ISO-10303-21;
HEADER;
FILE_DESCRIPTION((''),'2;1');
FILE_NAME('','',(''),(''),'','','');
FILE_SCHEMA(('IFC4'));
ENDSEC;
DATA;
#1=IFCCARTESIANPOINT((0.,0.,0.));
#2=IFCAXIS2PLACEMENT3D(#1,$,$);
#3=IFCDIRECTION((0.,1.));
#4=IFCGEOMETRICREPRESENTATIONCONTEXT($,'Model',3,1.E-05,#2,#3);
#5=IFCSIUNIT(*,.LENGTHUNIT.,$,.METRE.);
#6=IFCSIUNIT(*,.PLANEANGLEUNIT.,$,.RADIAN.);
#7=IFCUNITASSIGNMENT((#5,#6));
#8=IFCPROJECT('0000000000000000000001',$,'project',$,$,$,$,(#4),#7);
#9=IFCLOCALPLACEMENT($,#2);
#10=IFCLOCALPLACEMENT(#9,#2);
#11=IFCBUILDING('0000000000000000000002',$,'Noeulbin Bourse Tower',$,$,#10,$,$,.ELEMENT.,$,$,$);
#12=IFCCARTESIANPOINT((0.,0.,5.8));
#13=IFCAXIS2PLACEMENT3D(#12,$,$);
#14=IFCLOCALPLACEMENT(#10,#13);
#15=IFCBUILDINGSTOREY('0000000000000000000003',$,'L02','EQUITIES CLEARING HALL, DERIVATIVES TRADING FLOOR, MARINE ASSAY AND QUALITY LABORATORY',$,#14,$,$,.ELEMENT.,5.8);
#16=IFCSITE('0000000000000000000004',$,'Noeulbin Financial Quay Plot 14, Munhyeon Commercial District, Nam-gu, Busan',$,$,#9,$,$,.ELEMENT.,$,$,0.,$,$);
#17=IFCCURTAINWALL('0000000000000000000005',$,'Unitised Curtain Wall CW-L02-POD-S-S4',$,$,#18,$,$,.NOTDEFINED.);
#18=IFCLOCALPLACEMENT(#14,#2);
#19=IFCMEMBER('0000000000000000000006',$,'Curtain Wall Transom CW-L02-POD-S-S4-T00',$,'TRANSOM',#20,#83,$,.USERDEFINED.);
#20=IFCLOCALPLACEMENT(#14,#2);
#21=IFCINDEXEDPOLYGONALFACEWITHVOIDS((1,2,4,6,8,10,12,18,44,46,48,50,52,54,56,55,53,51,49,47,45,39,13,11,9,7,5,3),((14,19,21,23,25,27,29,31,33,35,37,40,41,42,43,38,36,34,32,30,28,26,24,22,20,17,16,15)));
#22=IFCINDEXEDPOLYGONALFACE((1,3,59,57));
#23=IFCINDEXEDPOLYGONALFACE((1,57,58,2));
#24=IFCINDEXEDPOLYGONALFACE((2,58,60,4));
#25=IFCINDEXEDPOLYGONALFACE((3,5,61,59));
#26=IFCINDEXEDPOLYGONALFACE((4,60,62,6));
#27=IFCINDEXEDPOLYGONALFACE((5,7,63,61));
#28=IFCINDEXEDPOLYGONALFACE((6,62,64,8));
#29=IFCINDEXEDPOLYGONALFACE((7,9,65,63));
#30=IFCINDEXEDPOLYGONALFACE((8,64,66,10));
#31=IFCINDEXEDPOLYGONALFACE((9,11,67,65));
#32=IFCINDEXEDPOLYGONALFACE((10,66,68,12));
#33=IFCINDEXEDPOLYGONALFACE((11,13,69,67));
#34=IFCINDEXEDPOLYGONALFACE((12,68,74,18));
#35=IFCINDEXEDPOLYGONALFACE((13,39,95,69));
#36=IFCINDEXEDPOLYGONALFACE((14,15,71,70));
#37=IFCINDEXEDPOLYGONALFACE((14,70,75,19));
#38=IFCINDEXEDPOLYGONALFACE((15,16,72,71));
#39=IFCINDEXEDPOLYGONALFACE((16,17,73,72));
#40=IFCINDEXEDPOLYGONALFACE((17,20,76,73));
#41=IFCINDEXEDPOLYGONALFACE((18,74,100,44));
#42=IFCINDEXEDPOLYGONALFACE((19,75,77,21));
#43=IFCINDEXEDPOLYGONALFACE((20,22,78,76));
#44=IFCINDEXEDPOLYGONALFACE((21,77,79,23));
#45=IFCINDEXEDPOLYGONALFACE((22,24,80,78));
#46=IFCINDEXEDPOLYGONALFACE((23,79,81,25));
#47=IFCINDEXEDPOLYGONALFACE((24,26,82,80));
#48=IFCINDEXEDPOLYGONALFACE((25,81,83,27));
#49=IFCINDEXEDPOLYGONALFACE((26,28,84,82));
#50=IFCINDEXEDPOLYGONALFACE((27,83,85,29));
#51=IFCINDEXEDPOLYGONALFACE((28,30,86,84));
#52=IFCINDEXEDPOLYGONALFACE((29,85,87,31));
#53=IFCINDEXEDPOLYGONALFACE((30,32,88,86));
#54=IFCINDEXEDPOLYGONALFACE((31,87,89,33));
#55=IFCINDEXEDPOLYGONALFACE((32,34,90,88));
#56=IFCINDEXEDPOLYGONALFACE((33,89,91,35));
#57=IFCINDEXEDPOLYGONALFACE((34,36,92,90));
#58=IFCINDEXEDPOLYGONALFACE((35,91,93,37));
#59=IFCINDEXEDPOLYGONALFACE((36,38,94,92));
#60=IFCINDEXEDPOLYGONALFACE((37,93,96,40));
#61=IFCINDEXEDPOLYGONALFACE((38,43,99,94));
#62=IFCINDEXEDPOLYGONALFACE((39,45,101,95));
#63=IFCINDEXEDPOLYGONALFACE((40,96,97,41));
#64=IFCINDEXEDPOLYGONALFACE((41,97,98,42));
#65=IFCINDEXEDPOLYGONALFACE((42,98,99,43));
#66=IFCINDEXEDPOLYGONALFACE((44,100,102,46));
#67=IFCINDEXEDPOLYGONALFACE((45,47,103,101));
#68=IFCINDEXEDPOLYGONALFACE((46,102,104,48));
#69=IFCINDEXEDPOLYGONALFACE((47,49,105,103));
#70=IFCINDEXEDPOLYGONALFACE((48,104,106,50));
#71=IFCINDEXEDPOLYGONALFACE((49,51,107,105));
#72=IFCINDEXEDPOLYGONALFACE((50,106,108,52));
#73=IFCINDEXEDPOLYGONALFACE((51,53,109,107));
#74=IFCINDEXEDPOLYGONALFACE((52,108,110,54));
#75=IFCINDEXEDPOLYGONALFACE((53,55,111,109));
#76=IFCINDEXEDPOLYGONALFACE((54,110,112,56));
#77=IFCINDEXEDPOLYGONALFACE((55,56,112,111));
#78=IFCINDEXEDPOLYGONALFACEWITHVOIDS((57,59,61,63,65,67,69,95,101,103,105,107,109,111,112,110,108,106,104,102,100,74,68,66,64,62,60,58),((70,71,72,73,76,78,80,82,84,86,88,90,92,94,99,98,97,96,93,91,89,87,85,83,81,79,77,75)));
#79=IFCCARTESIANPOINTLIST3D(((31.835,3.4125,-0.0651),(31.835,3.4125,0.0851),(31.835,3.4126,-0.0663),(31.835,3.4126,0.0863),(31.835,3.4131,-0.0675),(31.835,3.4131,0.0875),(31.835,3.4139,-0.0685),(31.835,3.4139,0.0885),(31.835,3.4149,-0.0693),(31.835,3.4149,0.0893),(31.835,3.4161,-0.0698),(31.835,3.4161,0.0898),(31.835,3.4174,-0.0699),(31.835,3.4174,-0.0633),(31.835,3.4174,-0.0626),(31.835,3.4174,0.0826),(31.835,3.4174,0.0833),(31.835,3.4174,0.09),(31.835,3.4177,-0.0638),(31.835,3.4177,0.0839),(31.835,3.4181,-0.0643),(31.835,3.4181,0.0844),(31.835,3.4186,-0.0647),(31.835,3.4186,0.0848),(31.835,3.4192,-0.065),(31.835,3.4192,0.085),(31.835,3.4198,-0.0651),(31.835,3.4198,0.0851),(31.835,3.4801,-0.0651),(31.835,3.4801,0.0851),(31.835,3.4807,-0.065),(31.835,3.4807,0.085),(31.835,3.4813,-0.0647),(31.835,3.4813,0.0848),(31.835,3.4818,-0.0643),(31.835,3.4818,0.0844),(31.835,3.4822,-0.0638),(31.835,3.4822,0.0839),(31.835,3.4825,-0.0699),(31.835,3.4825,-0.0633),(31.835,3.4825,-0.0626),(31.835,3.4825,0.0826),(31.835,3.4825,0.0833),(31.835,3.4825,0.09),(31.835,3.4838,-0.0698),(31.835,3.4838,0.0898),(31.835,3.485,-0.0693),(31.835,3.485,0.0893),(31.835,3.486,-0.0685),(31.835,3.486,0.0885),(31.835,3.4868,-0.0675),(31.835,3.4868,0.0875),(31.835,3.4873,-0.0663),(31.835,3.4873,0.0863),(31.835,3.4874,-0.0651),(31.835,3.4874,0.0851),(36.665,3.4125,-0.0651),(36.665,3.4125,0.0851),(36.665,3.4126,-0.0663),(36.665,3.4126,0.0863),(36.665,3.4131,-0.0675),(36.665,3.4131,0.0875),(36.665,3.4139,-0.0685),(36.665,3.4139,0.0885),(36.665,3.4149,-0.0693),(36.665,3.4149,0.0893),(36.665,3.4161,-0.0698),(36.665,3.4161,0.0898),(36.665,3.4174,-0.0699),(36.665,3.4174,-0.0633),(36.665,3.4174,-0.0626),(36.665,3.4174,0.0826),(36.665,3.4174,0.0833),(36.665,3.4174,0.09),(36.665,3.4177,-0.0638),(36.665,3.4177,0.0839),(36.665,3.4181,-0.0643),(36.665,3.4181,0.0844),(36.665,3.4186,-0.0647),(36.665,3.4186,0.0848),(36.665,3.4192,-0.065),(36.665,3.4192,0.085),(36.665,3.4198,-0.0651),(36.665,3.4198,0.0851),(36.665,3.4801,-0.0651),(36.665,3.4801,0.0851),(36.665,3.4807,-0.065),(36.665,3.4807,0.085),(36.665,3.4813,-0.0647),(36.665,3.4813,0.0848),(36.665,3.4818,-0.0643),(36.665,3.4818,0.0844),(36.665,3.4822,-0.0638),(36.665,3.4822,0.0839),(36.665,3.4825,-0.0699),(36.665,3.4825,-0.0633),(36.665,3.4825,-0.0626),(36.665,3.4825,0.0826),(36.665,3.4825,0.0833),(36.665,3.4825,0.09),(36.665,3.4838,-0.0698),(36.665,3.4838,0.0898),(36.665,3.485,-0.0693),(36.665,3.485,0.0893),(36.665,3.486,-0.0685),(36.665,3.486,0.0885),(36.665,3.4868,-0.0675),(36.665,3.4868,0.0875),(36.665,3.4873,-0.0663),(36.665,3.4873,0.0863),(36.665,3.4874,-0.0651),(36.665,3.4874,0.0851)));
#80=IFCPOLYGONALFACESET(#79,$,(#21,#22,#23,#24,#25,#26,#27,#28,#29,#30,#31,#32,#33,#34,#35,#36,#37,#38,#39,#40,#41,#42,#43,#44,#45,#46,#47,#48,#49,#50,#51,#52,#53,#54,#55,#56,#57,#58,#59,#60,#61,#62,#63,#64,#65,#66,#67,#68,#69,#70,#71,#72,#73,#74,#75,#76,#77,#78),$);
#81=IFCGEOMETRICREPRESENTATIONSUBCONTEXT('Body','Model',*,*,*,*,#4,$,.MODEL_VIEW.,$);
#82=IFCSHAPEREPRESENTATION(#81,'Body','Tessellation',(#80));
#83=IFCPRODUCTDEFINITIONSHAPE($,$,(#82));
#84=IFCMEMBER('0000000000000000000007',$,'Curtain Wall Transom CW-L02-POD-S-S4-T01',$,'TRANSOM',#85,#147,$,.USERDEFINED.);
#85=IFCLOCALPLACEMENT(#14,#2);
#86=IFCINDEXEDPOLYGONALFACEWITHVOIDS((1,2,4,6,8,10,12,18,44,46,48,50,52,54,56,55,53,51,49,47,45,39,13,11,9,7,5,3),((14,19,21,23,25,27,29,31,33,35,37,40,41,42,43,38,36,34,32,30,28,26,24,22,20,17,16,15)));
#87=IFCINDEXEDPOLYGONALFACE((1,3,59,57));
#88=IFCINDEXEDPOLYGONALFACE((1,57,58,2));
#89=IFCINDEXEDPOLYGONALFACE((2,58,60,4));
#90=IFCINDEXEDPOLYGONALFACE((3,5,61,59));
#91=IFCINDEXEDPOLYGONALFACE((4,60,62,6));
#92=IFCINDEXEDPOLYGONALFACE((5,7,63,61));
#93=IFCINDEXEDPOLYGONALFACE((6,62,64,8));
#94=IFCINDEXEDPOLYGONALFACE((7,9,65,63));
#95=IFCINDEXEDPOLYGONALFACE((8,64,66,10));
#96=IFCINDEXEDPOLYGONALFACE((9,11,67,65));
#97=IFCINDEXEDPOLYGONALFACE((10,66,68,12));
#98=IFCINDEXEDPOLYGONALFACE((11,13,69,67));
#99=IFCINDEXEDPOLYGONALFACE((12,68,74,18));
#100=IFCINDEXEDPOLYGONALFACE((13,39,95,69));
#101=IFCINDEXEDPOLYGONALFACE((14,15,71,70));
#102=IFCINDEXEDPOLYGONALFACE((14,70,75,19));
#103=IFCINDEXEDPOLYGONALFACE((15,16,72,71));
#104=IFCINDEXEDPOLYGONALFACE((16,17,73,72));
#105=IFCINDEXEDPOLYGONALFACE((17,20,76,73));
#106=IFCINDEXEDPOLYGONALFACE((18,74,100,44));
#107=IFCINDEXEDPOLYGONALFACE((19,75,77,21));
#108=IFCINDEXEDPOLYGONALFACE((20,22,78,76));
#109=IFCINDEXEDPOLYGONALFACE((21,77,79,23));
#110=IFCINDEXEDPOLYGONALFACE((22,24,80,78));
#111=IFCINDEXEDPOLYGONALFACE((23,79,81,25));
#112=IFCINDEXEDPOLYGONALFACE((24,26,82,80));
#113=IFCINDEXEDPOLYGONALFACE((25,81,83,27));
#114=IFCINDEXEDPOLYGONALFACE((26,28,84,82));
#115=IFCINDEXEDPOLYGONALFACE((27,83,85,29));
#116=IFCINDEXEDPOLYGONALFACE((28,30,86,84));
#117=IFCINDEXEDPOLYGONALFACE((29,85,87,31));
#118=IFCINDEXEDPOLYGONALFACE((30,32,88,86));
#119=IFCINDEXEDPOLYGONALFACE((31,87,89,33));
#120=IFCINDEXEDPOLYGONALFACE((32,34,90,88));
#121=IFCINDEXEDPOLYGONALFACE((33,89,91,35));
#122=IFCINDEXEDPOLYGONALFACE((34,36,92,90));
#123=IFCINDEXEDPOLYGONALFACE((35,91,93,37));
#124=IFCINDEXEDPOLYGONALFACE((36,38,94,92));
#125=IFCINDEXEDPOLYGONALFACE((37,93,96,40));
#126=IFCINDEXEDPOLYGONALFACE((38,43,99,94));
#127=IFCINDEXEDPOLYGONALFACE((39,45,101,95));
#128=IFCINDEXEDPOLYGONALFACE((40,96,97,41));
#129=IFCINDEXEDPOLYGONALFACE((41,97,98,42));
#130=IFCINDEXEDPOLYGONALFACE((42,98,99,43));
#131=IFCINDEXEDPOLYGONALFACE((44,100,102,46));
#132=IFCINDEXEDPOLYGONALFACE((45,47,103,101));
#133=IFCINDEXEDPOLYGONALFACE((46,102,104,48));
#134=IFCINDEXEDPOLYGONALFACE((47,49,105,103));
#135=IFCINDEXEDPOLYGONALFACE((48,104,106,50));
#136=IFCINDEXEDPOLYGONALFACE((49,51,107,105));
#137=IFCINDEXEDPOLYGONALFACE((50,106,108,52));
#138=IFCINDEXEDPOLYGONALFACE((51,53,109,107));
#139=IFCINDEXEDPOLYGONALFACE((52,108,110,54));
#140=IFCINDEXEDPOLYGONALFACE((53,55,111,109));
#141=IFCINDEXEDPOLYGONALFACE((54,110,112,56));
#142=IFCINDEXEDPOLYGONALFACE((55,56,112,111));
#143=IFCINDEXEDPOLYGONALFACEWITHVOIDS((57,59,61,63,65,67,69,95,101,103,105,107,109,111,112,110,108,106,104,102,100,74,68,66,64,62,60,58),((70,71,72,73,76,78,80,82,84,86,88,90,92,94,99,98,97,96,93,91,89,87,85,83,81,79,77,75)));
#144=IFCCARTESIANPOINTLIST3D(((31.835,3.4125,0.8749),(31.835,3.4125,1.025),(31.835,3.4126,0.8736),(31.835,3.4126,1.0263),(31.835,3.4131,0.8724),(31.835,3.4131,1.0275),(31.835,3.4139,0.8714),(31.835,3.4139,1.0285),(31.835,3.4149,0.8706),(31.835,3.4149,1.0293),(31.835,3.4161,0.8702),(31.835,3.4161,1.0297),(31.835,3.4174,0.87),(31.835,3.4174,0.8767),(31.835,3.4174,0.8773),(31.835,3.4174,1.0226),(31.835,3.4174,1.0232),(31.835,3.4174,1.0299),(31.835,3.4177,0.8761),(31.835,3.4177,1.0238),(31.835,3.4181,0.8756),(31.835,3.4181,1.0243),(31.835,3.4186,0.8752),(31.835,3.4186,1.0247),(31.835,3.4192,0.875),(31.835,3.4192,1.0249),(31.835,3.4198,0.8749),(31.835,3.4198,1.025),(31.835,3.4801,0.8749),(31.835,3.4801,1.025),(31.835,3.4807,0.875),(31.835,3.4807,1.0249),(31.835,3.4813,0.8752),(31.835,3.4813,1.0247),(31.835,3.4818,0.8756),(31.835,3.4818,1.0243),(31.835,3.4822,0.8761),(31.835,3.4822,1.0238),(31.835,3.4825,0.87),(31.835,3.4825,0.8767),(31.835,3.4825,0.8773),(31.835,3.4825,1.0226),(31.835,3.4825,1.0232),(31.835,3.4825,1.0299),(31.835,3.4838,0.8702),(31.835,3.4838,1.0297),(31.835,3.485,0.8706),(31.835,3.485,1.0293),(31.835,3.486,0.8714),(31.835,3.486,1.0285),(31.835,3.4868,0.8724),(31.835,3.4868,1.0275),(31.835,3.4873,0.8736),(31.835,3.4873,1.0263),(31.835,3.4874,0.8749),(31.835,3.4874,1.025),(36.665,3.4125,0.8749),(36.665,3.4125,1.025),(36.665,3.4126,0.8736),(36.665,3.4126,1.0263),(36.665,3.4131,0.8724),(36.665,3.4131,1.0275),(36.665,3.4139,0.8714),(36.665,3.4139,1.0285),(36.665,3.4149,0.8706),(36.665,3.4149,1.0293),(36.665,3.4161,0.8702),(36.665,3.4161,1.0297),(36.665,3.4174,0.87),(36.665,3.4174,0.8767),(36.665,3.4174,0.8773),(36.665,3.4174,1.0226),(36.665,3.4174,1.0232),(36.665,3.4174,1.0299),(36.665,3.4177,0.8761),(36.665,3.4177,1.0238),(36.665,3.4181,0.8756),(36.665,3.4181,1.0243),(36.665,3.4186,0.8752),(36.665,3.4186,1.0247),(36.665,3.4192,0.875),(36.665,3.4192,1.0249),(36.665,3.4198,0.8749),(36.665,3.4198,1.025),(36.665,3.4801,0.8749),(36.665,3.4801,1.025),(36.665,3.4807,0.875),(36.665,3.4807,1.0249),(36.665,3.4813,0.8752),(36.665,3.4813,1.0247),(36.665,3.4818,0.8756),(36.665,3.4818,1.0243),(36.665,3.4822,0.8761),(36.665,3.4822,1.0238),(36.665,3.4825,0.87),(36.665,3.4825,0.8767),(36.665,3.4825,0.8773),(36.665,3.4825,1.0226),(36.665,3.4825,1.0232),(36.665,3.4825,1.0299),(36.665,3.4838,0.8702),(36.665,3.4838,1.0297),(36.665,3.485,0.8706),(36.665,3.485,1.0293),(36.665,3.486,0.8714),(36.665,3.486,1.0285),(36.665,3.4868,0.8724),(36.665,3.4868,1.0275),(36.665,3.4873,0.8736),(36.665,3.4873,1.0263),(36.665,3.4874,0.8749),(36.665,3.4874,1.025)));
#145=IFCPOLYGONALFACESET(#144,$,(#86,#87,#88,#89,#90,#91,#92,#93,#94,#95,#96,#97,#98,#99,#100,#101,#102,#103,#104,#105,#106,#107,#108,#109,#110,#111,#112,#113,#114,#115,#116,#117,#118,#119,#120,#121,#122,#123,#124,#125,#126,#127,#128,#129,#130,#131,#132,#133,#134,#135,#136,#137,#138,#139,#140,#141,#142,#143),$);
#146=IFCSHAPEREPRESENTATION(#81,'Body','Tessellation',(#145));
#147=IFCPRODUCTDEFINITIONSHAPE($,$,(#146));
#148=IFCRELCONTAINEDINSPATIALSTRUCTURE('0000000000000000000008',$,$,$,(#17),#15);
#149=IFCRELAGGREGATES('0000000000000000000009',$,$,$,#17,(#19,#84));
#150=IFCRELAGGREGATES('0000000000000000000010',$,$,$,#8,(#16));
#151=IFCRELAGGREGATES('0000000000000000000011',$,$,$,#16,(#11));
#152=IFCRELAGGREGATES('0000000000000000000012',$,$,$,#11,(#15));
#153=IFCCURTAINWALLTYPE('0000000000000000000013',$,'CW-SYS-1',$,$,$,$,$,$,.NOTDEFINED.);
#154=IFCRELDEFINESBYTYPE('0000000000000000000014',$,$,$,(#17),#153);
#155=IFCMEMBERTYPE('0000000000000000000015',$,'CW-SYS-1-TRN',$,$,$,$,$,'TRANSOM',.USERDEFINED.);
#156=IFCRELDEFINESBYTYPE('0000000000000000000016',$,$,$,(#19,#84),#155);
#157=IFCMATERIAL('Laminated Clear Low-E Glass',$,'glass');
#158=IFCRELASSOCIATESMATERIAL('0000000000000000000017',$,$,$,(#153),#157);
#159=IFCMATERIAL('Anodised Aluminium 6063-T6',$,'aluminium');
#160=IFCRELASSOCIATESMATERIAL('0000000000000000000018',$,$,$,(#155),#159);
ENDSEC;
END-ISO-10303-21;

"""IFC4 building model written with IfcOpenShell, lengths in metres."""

from ifc_helpers import new_model, si_unit, direction, frame, origin, origin_2d, place, context, subcontext, project, spatial, hollow_rectangle, extrude, material, material_profile, profile_set, type_object, element, aggregate, save


model = new_model("IFC4")

# Units and contexts
model_context = context("Model", 3, precision=1e-05, world=origin(), true_north=direction((0.0, 1.0)))
body_context = subcontext(model_context, "Body", "Model", "MODEL_VIEW")
ifc_project = project(units=[si_unit("LENGTHUNIT", "METRE"), si_unit("PLANEANGLEUNIT", "RADIAN")], contexts=[model_context])

# Site, building, storey
site_placement = place(None, origin())
site = spatial("IfcSite", under=ifc_project, at=site_placement, Name="Noeulbin Financial Quay Plot 14, Munhyeon Commercial District, Nam-gu, Busan", CompositionType="ELEMENT", RefElevation=0.0)
building_placement = place(site_placement, origin())
building = spatial("IfcBuilding", under=site, at=building_placement, Name="Noeulbin Bourse Tower", CompositionType="ELEMENT")
storey_placement = place(building_placement, frame((0.0, 0.0, 5.8)))
storey = spatial("IfcBuildingStorey", under=building, at=storey_placement, Name="L02", Description="EQUITIES CLEARING HALL, DERIVATIVES TRADING FLOOR, MARINE ASSAY AND QUALITY LABORATORY", CompositionType="ELEMENT", Elevation=5.8)

# Shared definitions
ifc_material_1 = material(Name="Laminated Clear Low-E Glass", Category="glass")
curtain_wall_type = type_object("IfcCurtainWallType", Name="CW-SYS-1", PredefinedType="NOTDEFINED", material=ifc_material_1)
ifc_material_2 = material(Name="Anodised Aluminium 6063-T6", Category="aluminium")

# Curtain wall
curtain_wall_1_placement = place(storey_placement, origin())
curtain_wall_1 = element("IfcCurtainWall", 1, at=curtain_wall_1_placement, inside=storey, type_object=curtain_wall_type, Name="Unitised Curtain Wall CW-L02-POD-S-S4", PredefinedType="NOTDEFINED")

# Members
ifc_material_profile_1 = material_profile(ifc_material_2, hollow_rectangle(XDim=0.075, YDim=0.1599, WallThickness=0.0049, InnerFilletRadius=0.0024, OuterFilletRadius=0.0049, at=origin_2d()), Name="ALU-TRAN-75x160x5", Category="LoadBearing")
ifc_profile_set_1 = profile_set([ifc_material_profile_1], Name="Anodised Aluminium 6063-T6")
member_type_1 = type_object("IfcMemberType", Name="CW-SYS-1-TRN", ElementType="TRANSOM", PredefinedType="USERDEFINED", material=ifc_profile_set_1)
member_1_placement = place(storey_placement, frame((31.835, 3.45, 0.01), z_axis=(1.0, 0.0, 0.0), x_axis=(0.0, 1.0, 0.0)))
member_1 = element("IfcMember", 2, at=member_1_placement, type_object=member_type_1, Name="Curtain Wall Transom CW-L02-POD-S-S4-T00", ObjectType="TRANSOM", PredefinedType="USERDEFINED", context=body_context, shape_type="SweptSolid", body=[
    extrude(hollow_rectangle(XDim=0.075, YDim=0.1599, WallThickness=0.0049, InnerFilletRadius=0.0024, OuterFilletRadius=0.0049, at=origin_2d()), origin(), (0.0, 0.0, 1.0), 4.8301),
])
member_2_placement = place(storey_placement, frame((31.835, 3.45, 0.95), z_axis=(1.0, 0.0, 0.0), x_axis=(0.0, 1.0, 0.0)))
member_2 = element("IfcMember", 3, at=member_2_placement, type_object=member_type_1, Name="Curtain Wall Transom CW-L02-POD-S-S4-T01", ObjectType="TRANSOM", PredefinedType="USERDEFINED", context=body_context, shape_type="SweptSolid", body=[
    extrude(hollow_rectangle(XDim=0.075, YDim=0.1599, WallThickness=0.0049, InnerFilletRadius=0.0024, OuterFilletRadius=0.0049, at=origin_2d()), origin(), (0.0, 0.0, 1.0), 4.8301),
])

aggregate(curtain_wall_1, [member_1, member_2])

save(model, "model.ifc")
